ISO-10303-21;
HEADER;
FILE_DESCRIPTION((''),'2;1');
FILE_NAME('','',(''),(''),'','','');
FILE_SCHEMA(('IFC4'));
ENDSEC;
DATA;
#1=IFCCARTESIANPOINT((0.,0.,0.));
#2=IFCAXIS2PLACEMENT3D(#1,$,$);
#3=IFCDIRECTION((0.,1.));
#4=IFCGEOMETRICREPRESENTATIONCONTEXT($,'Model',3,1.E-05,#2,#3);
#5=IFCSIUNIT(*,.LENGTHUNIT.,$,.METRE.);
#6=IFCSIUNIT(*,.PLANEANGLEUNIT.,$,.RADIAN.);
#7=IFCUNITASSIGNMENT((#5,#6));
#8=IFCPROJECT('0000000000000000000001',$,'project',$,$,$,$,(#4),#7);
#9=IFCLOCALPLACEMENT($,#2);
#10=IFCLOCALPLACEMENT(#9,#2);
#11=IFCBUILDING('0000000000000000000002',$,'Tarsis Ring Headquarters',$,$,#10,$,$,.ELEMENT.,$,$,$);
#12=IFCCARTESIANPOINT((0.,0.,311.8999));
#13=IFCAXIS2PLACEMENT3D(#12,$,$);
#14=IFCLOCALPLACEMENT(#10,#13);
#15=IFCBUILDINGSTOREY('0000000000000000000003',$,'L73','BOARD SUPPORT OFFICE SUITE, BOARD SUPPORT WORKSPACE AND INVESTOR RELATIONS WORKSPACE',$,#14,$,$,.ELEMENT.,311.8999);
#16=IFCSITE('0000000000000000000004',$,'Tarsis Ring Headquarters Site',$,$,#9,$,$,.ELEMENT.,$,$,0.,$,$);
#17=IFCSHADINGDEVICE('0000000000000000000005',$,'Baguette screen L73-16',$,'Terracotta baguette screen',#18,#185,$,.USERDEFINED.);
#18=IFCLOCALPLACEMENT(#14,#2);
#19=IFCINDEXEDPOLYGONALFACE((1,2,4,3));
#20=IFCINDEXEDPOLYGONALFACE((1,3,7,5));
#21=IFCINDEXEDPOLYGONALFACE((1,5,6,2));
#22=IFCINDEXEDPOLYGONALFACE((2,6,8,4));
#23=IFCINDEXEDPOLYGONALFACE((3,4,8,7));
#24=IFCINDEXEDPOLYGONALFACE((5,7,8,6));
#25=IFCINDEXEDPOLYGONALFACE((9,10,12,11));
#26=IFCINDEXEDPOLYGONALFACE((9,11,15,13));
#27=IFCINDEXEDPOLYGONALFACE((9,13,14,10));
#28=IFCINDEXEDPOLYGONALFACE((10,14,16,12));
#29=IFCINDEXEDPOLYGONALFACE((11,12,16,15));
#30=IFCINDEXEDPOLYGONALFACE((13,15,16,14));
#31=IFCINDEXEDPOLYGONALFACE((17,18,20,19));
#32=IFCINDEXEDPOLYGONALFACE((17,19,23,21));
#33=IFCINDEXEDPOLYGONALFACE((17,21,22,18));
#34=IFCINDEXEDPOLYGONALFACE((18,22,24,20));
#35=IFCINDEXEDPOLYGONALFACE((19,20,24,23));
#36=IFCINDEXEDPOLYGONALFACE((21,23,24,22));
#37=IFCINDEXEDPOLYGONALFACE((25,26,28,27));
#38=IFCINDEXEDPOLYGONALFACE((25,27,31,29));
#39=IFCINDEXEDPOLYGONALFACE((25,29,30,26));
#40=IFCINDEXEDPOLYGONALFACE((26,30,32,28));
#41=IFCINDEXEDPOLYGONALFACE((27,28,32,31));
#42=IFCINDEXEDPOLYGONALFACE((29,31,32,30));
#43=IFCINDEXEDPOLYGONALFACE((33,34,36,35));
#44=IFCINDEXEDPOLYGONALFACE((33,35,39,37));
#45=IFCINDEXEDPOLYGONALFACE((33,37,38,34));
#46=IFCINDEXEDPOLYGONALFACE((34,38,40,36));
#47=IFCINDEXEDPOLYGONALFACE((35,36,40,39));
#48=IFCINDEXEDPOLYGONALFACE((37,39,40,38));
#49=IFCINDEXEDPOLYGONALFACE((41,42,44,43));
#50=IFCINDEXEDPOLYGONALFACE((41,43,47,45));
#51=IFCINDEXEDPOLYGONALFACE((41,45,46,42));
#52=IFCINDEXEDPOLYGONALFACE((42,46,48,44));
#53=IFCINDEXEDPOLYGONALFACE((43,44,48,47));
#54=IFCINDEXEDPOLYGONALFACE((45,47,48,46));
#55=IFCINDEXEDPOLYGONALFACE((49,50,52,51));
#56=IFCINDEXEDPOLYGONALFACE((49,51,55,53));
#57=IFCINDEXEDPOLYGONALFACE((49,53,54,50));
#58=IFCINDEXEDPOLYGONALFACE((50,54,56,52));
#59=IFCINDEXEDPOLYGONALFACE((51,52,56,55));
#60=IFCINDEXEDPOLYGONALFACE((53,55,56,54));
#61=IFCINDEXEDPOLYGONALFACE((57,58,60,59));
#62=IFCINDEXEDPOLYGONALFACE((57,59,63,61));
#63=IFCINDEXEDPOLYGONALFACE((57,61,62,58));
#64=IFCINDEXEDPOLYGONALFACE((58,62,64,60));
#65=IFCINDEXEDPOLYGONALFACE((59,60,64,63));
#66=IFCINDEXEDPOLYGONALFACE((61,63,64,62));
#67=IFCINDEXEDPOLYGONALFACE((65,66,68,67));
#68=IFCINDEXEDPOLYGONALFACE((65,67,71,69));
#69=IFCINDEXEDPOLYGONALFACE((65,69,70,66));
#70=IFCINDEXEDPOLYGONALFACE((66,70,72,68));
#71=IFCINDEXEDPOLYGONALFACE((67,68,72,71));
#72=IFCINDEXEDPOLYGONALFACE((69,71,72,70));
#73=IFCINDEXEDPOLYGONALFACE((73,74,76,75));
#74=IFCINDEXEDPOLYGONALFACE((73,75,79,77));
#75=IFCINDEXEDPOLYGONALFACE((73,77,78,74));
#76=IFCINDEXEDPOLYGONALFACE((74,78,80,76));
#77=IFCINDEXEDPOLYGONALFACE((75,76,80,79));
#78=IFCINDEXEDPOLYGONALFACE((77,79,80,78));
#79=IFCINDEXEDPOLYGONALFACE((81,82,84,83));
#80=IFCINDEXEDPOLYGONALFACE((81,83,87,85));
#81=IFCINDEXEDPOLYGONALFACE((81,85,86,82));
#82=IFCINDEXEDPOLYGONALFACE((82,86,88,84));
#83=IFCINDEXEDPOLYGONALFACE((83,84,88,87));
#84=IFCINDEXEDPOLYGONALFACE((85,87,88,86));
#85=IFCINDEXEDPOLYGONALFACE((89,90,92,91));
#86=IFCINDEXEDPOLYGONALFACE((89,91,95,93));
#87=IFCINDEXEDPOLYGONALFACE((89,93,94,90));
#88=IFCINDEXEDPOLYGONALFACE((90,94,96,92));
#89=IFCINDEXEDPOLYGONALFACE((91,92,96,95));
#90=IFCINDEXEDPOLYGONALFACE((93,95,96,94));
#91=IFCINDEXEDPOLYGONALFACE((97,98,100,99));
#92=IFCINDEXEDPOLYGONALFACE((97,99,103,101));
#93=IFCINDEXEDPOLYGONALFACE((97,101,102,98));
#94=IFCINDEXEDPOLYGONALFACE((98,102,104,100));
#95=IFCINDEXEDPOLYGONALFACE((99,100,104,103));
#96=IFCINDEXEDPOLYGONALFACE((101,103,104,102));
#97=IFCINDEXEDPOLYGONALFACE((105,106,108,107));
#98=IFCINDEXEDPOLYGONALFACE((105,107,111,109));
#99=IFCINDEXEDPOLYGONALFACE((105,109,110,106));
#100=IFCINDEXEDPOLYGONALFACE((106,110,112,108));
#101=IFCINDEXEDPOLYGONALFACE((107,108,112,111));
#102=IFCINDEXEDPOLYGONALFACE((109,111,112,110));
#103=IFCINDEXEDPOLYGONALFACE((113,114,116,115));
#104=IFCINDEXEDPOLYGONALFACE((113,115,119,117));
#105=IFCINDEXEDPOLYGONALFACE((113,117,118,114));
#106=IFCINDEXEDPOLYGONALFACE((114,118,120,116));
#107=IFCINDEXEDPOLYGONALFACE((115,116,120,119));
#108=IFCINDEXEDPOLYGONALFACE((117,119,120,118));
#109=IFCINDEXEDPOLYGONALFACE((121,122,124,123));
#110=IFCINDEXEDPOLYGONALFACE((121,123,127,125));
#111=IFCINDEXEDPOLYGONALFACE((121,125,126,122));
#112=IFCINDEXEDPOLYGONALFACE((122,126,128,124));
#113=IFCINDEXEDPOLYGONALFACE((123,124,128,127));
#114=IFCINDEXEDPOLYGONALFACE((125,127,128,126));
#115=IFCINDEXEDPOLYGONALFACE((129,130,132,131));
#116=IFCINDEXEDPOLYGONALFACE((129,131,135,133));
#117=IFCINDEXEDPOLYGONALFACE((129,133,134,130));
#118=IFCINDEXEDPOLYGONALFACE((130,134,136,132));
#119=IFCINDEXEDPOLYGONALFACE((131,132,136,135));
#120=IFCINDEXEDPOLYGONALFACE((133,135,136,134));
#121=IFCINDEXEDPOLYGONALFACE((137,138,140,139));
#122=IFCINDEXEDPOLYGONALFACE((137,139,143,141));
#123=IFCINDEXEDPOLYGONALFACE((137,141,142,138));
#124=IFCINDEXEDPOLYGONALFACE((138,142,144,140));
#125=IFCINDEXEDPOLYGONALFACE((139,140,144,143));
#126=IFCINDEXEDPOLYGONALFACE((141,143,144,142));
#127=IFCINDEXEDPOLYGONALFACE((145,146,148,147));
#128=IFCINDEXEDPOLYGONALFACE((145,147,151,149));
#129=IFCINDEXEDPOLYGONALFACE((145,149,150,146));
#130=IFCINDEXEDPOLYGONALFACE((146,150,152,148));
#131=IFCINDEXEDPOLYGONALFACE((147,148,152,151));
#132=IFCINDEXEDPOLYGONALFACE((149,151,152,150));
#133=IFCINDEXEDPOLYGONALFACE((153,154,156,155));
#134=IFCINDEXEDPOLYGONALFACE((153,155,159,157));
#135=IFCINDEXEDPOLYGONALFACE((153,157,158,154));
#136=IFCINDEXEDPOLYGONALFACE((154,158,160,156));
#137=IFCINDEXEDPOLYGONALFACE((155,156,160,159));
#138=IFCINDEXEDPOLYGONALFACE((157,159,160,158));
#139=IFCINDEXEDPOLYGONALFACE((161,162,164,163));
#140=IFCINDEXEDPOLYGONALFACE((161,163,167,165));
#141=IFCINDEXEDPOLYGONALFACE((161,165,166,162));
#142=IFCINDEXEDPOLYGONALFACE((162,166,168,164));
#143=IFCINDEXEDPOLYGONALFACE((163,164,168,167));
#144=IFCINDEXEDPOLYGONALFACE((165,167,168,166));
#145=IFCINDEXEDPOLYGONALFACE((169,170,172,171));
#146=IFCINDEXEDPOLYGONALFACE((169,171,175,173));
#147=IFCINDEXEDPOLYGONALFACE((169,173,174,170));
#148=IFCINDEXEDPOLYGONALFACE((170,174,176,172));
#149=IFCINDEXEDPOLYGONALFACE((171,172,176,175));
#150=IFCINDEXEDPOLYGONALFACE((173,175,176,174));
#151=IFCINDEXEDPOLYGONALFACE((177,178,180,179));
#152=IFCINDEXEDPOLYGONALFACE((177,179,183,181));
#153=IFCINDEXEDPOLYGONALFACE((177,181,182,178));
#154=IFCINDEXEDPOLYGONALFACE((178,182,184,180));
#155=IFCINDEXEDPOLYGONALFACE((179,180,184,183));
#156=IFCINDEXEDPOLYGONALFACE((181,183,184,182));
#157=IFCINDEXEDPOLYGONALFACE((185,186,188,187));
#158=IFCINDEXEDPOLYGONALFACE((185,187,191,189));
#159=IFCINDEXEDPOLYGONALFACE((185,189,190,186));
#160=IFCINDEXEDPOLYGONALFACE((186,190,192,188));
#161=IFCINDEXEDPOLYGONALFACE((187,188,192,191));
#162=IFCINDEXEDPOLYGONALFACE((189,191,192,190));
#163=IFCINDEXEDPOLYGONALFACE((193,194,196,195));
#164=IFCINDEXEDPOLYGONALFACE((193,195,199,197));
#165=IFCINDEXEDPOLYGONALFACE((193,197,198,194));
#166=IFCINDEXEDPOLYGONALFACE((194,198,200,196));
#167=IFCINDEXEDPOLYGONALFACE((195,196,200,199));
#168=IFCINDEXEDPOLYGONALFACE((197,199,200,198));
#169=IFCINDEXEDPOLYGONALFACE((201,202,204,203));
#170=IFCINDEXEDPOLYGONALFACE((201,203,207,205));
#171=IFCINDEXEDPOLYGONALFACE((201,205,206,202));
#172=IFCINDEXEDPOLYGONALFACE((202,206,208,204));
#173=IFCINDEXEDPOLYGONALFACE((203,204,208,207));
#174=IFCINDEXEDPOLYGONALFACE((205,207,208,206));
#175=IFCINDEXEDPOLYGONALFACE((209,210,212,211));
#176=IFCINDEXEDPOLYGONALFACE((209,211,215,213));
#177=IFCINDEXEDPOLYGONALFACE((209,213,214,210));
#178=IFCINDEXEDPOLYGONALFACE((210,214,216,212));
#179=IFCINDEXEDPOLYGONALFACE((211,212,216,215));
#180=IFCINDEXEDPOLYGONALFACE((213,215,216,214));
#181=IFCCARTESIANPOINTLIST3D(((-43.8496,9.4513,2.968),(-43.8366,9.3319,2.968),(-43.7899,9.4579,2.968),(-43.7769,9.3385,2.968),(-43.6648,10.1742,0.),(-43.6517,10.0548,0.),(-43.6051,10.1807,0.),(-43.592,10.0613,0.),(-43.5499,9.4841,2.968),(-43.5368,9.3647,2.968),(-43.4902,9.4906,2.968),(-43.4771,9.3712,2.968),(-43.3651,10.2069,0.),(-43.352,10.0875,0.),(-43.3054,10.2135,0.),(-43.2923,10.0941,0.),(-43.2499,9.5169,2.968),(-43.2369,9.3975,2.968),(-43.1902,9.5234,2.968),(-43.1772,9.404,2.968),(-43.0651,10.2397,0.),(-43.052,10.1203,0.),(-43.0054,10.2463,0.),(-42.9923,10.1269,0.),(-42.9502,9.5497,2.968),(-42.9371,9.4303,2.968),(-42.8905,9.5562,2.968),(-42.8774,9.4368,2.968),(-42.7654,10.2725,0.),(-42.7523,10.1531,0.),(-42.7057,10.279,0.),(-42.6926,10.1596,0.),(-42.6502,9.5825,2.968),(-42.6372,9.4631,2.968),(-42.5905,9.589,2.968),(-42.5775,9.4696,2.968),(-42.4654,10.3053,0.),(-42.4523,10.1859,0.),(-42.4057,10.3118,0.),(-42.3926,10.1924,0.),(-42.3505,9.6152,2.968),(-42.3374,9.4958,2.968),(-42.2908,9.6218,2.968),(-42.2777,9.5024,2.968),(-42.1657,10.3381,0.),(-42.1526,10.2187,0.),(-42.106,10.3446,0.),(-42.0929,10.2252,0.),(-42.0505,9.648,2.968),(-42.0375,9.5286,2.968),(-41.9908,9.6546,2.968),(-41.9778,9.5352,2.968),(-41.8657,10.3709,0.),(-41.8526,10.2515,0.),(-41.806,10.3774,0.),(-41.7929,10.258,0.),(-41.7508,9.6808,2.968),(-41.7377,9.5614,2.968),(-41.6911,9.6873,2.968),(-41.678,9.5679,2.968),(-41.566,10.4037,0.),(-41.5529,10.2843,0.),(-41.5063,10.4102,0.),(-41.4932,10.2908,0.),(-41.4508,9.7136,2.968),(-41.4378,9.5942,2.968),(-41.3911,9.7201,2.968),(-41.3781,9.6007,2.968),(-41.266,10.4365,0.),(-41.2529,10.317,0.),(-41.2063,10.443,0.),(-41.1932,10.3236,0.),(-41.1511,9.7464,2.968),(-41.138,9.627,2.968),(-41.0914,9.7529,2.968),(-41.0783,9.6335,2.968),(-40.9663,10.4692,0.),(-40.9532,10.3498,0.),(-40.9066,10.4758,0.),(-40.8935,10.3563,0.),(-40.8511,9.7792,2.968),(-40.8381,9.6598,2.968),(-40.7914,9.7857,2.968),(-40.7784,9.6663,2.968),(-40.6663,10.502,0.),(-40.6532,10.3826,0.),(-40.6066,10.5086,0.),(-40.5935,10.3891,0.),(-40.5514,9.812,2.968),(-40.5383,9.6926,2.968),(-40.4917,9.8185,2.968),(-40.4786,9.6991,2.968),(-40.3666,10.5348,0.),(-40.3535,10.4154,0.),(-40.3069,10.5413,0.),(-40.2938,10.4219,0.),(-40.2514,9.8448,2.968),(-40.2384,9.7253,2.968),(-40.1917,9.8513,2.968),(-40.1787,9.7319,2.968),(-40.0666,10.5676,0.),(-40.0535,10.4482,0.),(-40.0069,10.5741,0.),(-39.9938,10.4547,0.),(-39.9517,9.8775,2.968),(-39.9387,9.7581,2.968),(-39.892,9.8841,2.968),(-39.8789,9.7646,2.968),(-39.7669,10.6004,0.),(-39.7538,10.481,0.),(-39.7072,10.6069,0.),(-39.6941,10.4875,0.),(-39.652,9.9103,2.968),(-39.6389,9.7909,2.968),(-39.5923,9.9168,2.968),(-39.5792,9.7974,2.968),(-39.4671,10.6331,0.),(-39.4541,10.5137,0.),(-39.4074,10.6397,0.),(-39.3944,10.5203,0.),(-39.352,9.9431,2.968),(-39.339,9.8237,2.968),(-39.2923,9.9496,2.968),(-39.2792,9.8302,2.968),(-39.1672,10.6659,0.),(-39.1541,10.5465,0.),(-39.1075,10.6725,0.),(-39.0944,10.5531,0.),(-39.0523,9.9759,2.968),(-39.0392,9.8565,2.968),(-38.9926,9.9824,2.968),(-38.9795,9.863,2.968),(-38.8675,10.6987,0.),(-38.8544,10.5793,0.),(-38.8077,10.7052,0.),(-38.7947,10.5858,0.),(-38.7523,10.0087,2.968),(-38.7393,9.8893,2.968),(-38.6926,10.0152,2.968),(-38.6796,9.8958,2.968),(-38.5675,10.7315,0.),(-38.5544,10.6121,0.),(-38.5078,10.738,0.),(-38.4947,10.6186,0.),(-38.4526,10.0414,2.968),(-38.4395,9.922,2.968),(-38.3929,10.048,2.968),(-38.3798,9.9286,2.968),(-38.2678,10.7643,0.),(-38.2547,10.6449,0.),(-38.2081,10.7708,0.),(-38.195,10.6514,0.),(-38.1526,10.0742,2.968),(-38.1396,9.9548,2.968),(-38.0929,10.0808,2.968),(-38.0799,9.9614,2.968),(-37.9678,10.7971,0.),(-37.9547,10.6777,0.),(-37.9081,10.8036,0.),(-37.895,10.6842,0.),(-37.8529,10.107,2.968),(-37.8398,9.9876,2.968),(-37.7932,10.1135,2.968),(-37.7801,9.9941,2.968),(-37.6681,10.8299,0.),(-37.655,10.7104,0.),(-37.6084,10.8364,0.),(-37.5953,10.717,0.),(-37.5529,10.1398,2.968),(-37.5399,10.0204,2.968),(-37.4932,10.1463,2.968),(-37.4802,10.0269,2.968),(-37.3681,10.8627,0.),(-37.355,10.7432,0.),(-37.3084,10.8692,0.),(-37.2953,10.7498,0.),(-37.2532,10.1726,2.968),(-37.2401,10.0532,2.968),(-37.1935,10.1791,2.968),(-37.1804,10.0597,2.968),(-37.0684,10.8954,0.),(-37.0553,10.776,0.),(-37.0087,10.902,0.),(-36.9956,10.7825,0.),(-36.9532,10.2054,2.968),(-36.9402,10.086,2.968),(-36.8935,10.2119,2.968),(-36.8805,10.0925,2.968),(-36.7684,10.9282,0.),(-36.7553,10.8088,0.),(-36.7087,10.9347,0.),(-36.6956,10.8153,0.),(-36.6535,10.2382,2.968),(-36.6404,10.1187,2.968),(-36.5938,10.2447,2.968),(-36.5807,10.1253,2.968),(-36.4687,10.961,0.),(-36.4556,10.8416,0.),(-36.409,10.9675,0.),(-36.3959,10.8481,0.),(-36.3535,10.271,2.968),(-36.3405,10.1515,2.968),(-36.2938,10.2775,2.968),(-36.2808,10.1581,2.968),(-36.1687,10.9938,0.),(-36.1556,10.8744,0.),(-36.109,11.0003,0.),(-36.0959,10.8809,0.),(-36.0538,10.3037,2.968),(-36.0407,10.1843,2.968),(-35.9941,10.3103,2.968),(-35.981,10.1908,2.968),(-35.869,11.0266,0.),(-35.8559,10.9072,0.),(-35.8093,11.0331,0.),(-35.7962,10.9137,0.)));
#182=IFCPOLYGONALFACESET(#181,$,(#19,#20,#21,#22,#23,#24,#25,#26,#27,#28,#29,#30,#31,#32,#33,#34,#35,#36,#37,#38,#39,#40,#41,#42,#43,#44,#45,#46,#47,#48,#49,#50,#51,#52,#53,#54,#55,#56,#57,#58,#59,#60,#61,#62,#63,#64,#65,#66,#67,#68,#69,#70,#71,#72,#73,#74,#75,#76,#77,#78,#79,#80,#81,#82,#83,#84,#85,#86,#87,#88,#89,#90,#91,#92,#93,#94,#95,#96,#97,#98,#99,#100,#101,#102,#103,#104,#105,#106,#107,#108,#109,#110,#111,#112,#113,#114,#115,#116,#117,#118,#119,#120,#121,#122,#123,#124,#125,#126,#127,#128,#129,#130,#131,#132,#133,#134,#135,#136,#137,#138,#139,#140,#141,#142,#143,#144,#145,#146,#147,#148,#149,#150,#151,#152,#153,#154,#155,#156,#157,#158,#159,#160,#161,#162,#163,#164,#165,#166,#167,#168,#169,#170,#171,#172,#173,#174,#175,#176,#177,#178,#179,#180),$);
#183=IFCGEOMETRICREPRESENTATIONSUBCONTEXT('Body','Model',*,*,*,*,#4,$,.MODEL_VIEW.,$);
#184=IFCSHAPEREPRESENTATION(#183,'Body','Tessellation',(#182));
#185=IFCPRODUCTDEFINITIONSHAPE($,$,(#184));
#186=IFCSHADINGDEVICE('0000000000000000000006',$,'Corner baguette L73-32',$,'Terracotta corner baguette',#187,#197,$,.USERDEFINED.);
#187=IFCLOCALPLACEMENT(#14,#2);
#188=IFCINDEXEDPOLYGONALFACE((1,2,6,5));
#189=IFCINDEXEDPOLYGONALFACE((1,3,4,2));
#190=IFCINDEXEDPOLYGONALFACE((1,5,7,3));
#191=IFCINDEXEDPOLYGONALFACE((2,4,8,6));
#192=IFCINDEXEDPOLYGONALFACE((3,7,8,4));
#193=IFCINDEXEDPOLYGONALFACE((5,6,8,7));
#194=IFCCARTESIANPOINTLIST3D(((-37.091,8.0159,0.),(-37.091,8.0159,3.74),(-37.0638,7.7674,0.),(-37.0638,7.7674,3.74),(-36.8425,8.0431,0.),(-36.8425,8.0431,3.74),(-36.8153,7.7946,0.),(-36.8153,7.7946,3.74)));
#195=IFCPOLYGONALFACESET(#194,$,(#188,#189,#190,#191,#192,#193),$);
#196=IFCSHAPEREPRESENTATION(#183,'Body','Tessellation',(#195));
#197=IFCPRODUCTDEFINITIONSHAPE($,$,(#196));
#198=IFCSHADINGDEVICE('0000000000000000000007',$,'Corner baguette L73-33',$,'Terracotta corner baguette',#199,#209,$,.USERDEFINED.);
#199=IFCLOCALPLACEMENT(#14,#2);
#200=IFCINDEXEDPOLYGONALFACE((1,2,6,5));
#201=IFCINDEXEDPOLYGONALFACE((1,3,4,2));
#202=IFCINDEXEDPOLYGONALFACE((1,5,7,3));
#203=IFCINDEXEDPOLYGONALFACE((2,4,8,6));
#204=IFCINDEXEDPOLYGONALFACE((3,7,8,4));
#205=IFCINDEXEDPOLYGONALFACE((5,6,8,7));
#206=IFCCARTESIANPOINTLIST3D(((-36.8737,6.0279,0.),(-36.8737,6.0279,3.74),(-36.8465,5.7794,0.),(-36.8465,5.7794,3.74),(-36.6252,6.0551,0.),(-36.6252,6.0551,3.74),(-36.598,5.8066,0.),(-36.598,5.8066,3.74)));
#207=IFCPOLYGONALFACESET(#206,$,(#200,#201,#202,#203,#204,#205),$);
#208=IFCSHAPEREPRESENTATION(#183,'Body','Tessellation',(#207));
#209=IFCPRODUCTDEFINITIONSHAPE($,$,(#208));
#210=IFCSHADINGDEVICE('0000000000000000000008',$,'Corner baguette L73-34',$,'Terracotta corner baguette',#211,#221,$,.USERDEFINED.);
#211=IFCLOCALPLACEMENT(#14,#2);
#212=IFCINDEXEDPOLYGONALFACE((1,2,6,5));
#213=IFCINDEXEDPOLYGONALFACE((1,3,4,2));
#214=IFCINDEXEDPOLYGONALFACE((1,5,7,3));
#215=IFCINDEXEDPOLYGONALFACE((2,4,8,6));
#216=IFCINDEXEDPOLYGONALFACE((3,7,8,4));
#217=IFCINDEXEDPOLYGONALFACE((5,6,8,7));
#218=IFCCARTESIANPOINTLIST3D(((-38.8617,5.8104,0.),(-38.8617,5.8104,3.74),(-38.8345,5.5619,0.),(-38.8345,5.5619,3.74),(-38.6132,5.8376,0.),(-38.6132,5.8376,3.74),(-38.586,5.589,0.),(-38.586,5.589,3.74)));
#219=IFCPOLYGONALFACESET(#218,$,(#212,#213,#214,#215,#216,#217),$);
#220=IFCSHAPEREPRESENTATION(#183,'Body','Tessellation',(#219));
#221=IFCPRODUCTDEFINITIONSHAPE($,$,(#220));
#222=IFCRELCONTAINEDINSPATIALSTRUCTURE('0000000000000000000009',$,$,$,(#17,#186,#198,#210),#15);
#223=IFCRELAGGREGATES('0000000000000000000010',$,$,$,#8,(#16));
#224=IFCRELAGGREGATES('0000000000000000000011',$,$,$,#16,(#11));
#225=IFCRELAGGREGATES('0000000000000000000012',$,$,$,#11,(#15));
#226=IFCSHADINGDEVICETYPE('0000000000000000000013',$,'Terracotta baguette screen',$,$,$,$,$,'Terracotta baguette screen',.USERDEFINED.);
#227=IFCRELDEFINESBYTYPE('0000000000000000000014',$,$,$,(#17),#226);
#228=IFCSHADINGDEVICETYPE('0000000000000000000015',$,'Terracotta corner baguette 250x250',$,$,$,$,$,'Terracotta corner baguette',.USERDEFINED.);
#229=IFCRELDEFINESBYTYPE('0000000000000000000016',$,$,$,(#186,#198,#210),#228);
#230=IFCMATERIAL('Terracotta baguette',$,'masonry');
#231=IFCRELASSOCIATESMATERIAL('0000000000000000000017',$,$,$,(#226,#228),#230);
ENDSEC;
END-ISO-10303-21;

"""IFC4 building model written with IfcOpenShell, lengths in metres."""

from ifc_helpers import new_model, si_unit, direction, frame, frame_2d, origin, origin_2d, place, context, subcontext, project, spatial, rectangle, composite_profile, extrude, material, type_object, element, save


model = new_model("IFC4")

# Units and contexts
model_context = context("Model", 3, precision=1e-05, world=origin(), true_north=direction((0.0, 1.0)))
body_context = subcontext(model_context, "Body", "Model", "MODEL_VIEW")
ifc_project = project(units=[si_unit("LENGTHUNIT", "METRE"), si_unit("PLANEANGLEUNIT", "RADIAN")], contexts=[model_context])

# Site, building, storey
site_placement = place(None, origin())
site = spatial("IfcSite", under=ifc_project, at=site_placement, Name="Tarsis Ring Headquarters Site", CompositionType="ELEMENT", RefElevation=0.0)
building_placement = place(site_placement, origin())
building = spatial("IfcBuilding", under=site, at=building_placement, Name="Tarsis Ring Headquarters", CompositionType="ELEMENT")
storey_placement = place(building_placement, frame((0.0, 0.0, 311.8999)))
storey = spatial("IfcBuildingStorey", under=building, at=storey_placement, Name="L73", Description="BOARD SUPPORT OFFICE SUITE, BOARD SUPPORT WORKSPACE AND INVESTOR RELATIONS WORKSPACE", CompositionType="ELEMENT", Elevation=311.8999)

# Shading devices
ifc_material_1 = material(Name="Terracotta baguette", Category="masonry")
shading_device_type_1 = type_object("IfcShadingDeviceType", Name="Terracotta baguette screen", ElementType="Terracotta baguette screen", PredefinedType="USERDEFINED", material=ifc_material_1)
shading_device_1_placement = place(storey_placement, frame((-35.8027, 10.9734, 0.0), z_axis=(0.0, 0.0, 1.0), x_axis=(-0.994068, -0.108691, 0.0)))
element("IfcShadingDevice", 1, at=shading_device_1_placement, inside=storey, type_object=shading_device_type_1, Name="Baguette screen L73-16", ObjectType="Terracotta baguette screen", PredefinedType="USERDEFINED", context=body_context, shape_type="SweptSolid", body=[
    extrude(composite_profile([rectangle(XDim=0.0601, YDim=0.1201, at=frame_2d((0.03, 0.0))), rectangle(XDim=0.0601, YDim=0.1201, at=frame_2d((0.3315, 0.0))), rectangle(XDim=0.0601, YDim=0.1201, at=frame_2d((0.6333, 0.0))), rectangle(XDim=0.0601, YDim=0.1201, at=frame_2d((0.9348, 0.0))), rectangle(XDim=0.0601, YDim=0.1201, at=frame_2d((1.2366, 0.0))), rectangle(XDim=0.0601, YDim=0.1201, at=frame_2d((1.5381, 0.0))), rectangle(XDim=0.0601, YDim=0.1201, at=frame_2d((1.8398, 0.0))), rectangle(XDim=0.0601, YDim=0.1201, at=frame_2d((2.1414, 0.0))), rectangle(XDim=0.0601, YDim=0.1201, at=frame_2d((2.4431, 0.0))), rectangle(XDim=0.0601, YDim=0.1201, at=frame_2d((2.7446, 0.0))), rectangle(XDim=0.0601, YDim=0.1201, at=frame_2d((3.0464, 0.0))), rectangle(XDim=0.0601, YDim=0.1201, at=frame_2d((3.3479, 0.0))), rectangle(XDim=0.0601, YDim=0.1201, at=frame_2d((3.6497, 0.0))), rectangle(XDim=0.0601, YDim=0.1201, at=frame_2d((3.9512, 0.0))), rectangle(XDim=0.0601, YDim=0.1201, at=frame_2d((4.2527, 0.0))), rectangle(XDim=0.0601, YDim=0.1201, at=frame_2d((4.5544, 0.0))), rectangle(XDim=0.0601, YDim=0.1201, at=frame_2d((4.856, 0.0))), rectangle(XDim=0.0601, YDim=0.1201, at=frame_2d((5.1577, 0.0))), rectangle(XDim=0.0601, YDim=0.1201, at=frame_2d((5.4592, 0.0))), rectangle(XDim=0.0601, YDim=0.1201, at=frame_2d((5.761, 0.0))), rectangle(XDim=0.0601, YDim=0.1201, at=frame_2d((6.0625, 0.0))), rectangle(XDim=0.0601, YDim=0.1201, at=frame_2d((6.3643, 0.0))), rectangle(XDim=0.0601, YDim=0.1201, at=frame_2d((6.6658, 0.0))), rectangle(XDim=0.0601, YDim=0.1201, at=frame_2d((6.9675, 0.0))), rectangle(XDim=0.0601, YDim=0.1201, at=frame_2d((7.269, 0.0))), rectangle(XDim=0.0601, YDim=0.1201, at=frame_2d((7.5708, 0.0))), rectangle(XDim=0.0601, YDim=0.1201, at=frame_2d((7.8723, 0.0)))]), origin(), (0.085711, 0.228235, 0.969826), 3.0603),
])
shading_device_type_2 = type_object("IfcShadingDeviceType", Name="Terracotta corner baguette 250x250", ElementType="Terracotta corner baguette", PredefinedType="USERDEFINED", material=ifc_material_1)
for number, where, z_axis, x_axis, name in (
    (2, (-36.9531, 7.9053, 0.0), (0.0, 0.0, 1.0), (-0.994075, -0.108693, 0.0), "Corner baguette L73-32"),
    (3, (-36.7358, 5.9172, 0.0), (0.0, 0.0, 1.0), (0.108693, -0.994075, 0.0), "Corner baguette L73-33"),
    (4, (-38.7239, 5.6997, 0.0), (0.0, 0.0, 1.0), (-0.994075, -0.108694, 0.0), "Corner baguette L73-34"),
):
    element("IfcShadingDevice", number, at=place(storey_placement, frame(where, z_axis=z_axis, x_axis=x_axis)), inside=storey, type_object=shading_device_type_2, Name=name, ObjectType="Terracotta corner baguette", PredefinedType="USERDEFINED", context=body_context, shape_type="SweptSolid", body=[
        extrude(rectangle(XDim=0.25, YDim=0.25, at=origin_2d()), origin(), (0.0, 0.0, 1.0), 3.74),
    ])

save(model, "model.ifc")
